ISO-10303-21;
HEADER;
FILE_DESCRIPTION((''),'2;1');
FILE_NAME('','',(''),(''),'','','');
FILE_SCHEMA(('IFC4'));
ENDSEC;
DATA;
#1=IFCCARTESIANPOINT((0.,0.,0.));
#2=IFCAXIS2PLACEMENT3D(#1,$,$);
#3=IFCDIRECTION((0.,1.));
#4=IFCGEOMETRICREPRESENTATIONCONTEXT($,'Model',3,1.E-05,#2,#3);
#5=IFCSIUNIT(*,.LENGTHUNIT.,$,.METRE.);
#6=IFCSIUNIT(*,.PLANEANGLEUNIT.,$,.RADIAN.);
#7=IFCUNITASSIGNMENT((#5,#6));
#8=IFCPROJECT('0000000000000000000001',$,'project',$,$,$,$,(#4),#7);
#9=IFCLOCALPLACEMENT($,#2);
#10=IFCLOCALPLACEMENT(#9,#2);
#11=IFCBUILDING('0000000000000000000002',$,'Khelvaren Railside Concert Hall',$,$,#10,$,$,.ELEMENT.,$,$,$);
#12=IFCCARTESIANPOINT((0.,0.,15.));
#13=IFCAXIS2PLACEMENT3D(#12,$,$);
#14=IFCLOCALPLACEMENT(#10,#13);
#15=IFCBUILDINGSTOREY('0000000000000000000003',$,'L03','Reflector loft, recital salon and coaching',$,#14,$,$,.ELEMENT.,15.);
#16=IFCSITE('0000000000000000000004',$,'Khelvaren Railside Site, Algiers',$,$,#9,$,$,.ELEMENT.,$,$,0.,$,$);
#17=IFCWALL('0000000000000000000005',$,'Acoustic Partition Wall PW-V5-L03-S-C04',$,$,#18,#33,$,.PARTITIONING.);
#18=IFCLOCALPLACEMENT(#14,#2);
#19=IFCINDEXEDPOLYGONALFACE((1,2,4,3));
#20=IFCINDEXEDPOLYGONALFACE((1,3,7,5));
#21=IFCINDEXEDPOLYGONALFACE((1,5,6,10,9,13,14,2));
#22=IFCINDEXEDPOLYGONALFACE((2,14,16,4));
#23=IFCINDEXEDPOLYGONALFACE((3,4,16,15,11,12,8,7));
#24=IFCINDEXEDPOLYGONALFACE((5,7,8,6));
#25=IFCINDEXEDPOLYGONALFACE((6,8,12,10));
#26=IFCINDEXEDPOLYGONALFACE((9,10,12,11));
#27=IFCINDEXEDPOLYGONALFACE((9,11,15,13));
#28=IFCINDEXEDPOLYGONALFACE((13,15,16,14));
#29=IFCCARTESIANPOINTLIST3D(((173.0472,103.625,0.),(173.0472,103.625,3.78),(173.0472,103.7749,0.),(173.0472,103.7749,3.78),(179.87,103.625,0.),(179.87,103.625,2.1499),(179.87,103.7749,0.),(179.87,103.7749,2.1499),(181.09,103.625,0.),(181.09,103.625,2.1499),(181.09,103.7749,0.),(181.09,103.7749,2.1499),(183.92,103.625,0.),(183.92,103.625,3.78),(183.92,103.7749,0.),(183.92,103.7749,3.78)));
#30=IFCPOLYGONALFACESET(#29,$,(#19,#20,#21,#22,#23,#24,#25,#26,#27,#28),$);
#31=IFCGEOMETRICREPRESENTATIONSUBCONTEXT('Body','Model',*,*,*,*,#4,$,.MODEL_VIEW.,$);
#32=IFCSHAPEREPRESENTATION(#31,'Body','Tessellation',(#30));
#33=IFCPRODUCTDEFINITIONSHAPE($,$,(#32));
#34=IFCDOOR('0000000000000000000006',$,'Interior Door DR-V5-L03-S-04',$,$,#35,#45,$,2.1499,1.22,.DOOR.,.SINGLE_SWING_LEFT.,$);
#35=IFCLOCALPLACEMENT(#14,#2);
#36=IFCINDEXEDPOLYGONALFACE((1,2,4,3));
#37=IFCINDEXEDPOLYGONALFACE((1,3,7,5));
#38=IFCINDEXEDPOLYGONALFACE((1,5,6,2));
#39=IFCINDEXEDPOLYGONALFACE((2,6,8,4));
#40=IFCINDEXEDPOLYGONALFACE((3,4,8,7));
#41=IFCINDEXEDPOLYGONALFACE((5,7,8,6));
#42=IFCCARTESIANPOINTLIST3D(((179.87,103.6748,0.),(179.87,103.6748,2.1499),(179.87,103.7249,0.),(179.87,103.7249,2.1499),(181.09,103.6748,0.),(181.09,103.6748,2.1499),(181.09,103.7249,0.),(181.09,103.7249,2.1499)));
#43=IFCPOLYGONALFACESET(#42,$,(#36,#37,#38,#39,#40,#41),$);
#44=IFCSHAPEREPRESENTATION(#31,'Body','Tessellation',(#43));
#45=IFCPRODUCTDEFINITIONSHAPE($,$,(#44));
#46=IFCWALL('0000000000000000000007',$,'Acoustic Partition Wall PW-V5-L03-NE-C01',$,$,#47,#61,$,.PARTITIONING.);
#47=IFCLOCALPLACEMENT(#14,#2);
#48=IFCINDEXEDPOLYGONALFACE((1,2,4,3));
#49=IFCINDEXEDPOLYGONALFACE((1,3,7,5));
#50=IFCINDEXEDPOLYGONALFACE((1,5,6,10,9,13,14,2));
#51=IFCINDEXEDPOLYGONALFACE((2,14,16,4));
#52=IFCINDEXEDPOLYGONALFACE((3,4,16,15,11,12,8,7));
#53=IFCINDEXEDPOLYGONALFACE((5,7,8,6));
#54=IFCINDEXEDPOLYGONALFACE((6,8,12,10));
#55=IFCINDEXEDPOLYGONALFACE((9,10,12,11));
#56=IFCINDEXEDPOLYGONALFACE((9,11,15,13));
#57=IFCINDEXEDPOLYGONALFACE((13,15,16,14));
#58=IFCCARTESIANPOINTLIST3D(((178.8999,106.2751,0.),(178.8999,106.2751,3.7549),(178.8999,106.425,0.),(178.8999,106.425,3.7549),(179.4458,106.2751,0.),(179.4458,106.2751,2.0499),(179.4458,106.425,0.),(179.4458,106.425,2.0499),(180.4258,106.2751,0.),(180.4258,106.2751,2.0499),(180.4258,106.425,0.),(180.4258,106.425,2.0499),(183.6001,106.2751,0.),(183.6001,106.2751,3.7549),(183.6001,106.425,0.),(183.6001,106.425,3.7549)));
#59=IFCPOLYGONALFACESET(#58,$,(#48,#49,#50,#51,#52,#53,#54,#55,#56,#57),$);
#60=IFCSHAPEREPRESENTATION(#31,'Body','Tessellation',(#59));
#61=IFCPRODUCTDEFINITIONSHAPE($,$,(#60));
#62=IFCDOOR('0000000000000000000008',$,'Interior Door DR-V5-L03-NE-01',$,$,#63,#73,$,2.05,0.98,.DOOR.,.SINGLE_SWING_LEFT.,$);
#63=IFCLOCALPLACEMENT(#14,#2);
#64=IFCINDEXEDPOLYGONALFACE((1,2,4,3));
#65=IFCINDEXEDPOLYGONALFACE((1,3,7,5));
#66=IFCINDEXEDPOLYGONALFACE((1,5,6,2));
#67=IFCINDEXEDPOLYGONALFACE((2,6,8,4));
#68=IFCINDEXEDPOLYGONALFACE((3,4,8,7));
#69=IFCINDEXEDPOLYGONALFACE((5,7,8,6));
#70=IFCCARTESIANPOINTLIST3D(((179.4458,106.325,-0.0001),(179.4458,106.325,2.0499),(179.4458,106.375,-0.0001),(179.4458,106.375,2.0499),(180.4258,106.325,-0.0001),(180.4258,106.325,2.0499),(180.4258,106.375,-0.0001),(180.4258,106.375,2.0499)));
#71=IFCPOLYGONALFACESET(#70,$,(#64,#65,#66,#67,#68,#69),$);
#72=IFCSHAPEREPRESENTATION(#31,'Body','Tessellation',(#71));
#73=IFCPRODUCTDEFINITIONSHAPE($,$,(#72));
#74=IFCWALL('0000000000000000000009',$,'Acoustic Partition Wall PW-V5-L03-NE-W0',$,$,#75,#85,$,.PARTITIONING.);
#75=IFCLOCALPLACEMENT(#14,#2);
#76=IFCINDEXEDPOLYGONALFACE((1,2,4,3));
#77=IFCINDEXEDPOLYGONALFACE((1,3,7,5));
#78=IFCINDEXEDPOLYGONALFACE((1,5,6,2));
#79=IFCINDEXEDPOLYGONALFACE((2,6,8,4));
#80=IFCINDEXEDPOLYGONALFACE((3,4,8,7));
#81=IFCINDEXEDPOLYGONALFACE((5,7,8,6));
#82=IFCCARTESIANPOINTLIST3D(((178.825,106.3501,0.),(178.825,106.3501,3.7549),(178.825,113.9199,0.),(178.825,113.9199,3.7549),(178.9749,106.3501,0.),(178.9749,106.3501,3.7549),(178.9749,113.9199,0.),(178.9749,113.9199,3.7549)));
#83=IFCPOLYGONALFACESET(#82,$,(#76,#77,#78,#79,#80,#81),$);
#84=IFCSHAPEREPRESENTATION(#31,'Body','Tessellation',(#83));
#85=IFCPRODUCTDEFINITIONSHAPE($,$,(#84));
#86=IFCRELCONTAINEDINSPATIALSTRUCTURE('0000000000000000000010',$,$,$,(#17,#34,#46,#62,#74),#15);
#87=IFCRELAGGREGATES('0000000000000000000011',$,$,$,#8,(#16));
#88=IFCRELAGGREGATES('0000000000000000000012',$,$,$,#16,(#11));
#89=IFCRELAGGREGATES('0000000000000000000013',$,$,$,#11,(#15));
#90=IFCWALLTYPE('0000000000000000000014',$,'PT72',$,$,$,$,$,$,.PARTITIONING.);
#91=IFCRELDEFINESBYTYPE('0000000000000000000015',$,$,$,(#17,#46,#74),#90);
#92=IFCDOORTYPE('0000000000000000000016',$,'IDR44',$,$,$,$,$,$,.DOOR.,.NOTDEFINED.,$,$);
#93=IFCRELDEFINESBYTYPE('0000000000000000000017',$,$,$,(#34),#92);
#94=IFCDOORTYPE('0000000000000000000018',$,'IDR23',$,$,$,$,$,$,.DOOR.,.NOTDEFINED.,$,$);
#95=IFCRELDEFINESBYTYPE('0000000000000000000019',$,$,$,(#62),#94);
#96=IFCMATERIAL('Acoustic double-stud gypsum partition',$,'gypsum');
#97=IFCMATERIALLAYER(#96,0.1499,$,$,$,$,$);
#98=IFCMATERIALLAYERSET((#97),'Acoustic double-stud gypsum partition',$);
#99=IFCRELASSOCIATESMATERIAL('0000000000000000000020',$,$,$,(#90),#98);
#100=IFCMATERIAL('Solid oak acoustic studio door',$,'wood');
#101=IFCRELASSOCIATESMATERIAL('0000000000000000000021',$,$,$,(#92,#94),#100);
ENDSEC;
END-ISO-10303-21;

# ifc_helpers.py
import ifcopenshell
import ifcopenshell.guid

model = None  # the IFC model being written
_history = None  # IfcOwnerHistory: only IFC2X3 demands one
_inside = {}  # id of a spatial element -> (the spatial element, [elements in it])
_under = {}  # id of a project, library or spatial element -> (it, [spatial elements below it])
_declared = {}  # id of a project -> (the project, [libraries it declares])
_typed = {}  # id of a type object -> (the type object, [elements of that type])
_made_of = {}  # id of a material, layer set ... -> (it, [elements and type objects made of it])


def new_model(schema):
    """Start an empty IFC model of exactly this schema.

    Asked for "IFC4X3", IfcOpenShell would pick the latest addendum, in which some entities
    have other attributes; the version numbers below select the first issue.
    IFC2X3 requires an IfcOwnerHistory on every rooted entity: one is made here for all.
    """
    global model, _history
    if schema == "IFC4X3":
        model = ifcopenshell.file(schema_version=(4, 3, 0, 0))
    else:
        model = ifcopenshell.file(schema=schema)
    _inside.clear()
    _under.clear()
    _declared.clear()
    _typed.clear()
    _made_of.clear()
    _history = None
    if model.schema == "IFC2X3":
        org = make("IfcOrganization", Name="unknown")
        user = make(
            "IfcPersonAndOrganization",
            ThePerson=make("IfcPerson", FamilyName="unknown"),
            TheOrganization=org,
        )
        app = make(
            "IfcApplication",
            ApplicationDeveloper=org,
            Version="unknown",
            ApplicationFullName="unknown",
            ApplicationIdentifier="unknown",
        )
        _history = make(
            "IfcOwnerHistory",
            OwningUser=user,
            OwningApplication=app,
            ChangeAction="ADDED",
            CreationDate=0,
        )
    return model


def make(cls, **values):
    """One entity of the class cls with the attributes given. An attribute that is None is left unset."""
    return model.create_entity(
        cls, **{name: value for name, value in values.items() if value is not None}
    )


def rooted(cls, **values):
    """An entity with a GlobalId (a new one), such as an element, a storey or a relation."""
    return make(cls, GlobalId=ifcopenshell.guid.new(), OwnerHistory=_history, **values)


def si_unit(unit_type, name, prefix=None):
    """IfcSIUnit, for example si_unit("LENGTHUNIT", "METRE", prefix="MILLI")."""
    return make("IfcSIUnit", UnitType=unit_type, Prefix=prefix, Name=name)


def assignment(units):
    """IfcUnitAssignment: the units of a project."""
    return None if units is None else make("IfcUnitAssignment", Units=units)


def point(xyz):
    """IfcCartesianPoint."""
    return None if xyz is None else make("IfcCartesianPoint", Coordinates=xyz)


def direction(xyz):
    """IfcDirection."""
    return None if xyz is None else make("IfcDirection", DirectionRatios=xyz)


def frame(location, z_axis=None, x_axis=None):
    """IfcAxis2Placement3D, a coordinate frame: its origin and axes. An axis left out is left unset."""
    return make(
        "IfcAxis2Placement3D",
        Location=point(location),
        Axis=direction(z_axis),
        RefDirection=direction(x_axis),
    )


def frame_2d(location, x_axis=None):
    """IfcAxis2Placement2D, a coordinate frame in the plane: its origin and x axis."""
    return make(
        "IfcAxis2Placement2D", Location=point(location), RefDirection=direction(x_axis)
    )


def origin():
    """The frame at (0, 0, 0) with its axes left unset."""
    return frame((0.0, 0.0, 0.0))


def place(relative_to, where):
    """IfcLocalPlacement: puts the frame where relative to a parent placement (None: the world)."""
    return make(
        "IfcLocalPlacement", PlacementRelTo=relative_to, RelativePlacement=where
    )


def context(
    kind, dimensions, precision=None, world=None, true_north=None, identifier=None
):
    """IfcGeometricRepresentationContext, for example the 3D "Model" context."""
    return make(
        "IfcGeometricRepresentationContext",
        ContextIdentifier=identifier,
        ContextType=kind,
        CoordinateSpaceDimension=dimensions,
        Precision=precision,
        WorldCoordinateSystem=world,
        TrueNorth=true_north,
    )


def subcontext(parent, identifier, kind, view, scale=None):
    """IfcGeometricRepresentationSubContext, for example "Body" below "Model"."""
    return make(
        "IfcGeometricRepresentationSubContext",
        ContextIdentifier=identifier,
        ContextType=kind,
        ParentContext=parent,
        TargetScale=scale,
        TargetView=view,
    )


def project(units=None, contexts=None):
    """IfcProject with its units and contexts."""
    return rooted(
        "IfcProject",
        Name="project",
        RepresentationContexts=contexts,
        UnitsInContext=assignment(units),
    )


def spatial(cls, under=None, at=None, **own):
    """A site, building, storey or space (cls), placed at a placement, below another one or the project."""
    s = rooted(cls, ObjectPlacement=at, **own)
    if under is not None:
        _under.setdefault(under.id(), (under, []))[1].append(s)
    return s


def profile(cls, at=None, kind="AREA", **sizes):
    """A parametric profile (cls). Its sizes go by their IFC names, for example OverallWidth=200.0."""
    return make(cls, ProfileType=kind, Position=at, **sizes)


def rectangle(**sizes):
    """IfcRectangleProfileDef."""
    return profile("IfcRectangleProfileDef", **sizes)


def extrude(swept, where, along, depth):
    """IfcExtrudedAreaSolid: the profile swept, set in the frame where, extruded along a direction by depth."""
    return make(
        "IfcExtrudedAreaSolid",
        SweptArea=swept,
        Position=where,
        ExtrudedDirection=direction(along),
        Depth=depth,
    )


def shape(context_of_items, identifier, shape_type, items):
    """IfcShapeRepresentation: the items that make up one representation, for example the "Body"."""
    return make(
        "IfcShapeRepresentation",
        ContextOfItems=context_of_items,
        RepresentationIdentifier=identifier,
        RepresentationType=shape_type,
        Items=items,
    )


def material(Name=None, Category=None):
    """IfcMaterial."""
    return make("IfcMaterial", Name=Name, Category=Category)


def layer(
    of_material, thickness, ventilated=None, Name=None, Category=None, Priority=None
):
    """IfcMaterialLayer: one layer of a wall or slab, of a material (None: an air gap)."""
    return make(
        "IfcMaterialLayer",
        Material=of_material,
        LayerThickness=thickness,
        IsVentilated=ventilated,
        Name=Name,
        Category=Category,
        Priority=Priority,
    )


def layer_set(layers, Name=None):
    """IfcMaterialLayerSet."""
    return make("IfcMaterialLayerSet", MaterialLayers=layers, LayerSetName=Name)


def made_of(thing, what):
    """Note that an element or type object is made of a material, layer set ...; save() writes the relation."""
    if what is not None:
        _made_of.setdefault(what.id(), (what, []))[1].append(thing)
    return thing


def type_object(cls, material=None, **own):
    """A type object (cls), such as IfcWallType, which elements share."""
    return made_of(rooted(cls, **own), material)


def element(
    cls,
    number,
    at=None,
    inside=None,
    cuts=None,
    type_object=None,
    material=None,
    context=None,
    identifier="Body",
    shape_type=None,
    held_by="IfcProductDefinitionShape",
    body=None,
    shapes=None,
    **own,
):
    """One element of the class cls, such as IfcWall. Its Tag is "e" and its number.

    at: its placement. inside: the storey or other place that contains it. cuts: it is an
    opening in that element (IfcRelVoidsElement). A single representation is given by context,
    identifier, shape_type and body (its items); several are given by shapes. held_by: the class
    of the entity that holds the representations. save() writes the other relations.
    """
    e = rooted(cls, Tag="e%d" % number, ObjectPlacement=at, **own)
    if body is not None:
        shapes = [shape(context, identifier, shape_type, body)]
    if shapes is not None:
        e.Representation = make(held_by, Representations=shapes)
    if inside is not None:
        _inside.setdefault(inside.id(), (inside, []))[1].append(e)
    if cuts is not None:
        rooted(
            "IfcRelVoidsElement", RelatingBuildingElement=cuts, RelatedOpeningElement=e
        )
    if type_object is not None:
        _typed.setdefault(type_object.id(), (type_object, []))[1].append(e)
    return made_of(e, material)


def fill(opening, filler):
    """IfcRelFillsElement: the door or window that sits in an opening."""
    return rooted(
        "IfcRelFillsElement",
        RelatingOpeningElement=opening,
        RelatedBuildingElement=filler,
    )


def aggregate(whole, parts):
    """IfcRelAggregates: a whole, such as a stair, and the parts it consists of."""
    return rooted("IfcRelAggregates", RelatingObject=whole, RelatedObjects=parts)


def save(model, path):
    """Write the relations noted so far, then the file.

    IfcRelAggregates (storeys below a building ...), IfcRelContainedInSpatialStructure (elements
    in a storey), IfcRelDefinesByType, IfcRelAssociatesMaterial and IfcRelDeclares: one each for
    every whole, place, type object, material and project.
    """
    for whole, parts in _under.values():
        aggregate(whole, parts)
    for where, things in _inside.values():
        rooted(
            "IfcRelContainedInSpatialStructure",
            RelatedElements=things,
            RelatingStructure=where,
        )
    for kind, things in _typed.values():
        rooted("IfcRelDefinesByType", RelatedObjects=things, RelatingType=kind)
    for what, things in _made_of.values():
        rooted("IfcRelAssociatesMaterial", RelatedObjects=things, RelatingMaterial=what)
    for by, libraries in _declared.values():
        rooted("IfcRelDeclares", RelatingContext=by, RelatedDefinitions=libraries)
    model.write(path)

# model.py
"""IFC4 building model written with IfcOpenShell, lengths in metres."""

from ifc_helpers import new_model, si_unit, direction, frame, frame_2d, origin, place, context, subcontext, project, spatial, rectangle, extrude, material, layer, layer_set, type_object, element, fill, save


model = new_model("IFC4")

# Units and contexts
model_context = context("Model", 3, precision=1e-05, world=origin(), true_north=direction((0.0, 1.0)))
body_context = subcontext(model_context, "Body", "Model", "MODEL_VIEW")
ifc_project = project(units=[si_unit("LENGTHUNIT", "METRE"), si_unit("PLANEANGLEUNIT", "RADIAN")], contexts=[model_context])

# Site, building, storey
site_placement = place(None, origin())
site = spatial("IfcSite", under=ifc_project, at=site_placement, Name="Khelvaren Railside Site, Algiers", CompositionType="ELEMENT", RefElevation=0.0)
building_placement = place(site_placement, origin())
building = spatial("IfcBuilding", under=site, at=building_placement, Name="Khelvaren Railside Concert Hall", CompositionType="ELEMENT")
storey_placement = place(building_placement, frame((0.0, 0.0, 15.0)))
storey = spatial("IfcBuildingStorey", under=building, at=storey_placement, Name="L03", Description="Reflector loft, recital salon and coaching", CompositionType="ELEMENT", Elevation=15.0)

# Walls, openings, doors
ifc_material_1 = material(Name="Acoustic double-stud gypsum partition", Category="gypsum")
ifc_layer_1 = layer(ifc_material_1, 0.1499)
ifc_layer_set_1 = layer_set([ifc_layer_1], Name="Acoustic double-stud gypsum partition")
wall_type_1 = type_object("IfcWallType", Name="PT72", PredefinedType="PARTITIONING", material=ifc_layer_set_1)
wall_1_placement = place(storey_placement, frame((173.0471, 103.7, 0.0), z_axis=(0.0, 0.0, 1.0), x_axis=(1.0, 0.0, 0.0)))
wall_1 = element("IfcWall", 1, at=wall_1_placement, inside=storey, type_object=wall_type_1, Name="Acoustic Partition Wall PW-V5-L03-S-C04", PredefinedType="PARTITIONING", context=body_context, shape_type="SweptSolid", body=[
    extrude(rectangle(XDim=10.8728, YDim=0.1499, at=frame_2d((5.4365, 0.0))), origin(), (0.0, 0.0, 1.0), 3.78),
])
opening_1_placement = place(wall_1_placement, frame((6.823, 0.0, 0.0)))
opening_1 = element("IfcOpeningElement", 2, at=opening_1_placement, cuts=wall_1, PredefinedType="OPENING", context=body_context, shape_type="SweptSolid", body=[
    extrude(rectangle(XDim=1.22, YDim=2.1499, at=frame_2d((0.6099, 1.075))), frame((0.0, 0.085, 0.0), z_axis=(0.0, -1.0, 0.0), x_axis=(1.0, 0.0, 0.0)), (0.0, 0.0, 1.0), 0.1699),
])
ifc_material_2 = material(Name="Solid oak acoustic studio door", Category="wood")
door_type_1 = type_object("IfcDoorType", Name="IDR44", OperationType="NOTDEFINED", PredefinedType="DOOR", material=ifc_material_2)
door_1_placement = place(opening_1_placement, origin())
door_1 = element("IfcDoor", 3, at=door_1_placement, inside=storey, type_object=door_type_1, Name="Interior Door DR-V5-L03-S-04", OperationType="SINGLE_SWING_LEFT", OverallHeight=2.1499, OverallWidth=1.22, PredefinedType="DOOR", context=body_context, shape_type="SweptSolid", body=[
    extrude(rectangle(XDim=1.22, YDim=2.1499, at=frame_2d((0.6099, 1.075))), frame((0.0, 0.0249, 0.0), z_axis=(0.0, -1.0, 0.0), x_axis=(1.0, 0.0, 0.0)), (0.0, 0.0, 1.0), 0.05),
])
fill(opening_1, door_1)
wall_2_placement = place(storey_placement, frame((178.8999, 106.3501, 0.0), z_axis=(0.0, 0.0, 1.0), x_axis=(1.0, 0.0, 0.0)))
wall_2 = element("IfcWall", 4, at=wall_2_placement, inside=storey, type_object=wall_type_1, Name="Acoustic Partition Wall PW-V5-L03-NE-C01", PredefinedType="PARTITIONING", context=body_context, shape_type="SweptSolid", body=[
    extrude(rectangle(XDim=4.7002, YDim=0.1499, at=frame_2d((2.3501, 0.0))), origin(), (0.0, 0.0, 1.0), 3.7549),
])
opening_2_placement = place(wall_2_placement, frame((0.5459, 0.0, 0.0)))
opening_2 = element("IfcOpeningElement", 5, at=opening_2_placement, cuts=wall_2, PredefinedType="OPENING", context=body_context, shape_type="SweptSolid", body=[
    extrude(rectangle(XDim=0.98, YDim=2.05, at=frame_2d((0.49, 1.0249))), frame((0.0, 0.085, 0.0), z_axis=(0.0, -1.0, 0.0), x_axis=(1.0, 0.0, 0.0)), (0.0, 0.0, 1.0), 0.1699),
])
door_type_2 = type_object("IfcDoorType", Name="IDR23", OperationType="NOTDEFINED", PredefinedType="DOOR", material=ifc_material_2)
door_2_placement = place(opening_2_placement, origin())
door_2 = element("IfcDoor", 6, at=door_2_placement, inside=storey, type_object=door_type_2, Name="Interior Door DR-V5-L03-NE-01", OperationType="SINGLE_SWING_LEFT", OverallHeight=2.05, OverallWidth=0.98, PredefinedType="DOOR", context=body_context, shape_type="SweptSolid", body=[
    extrude(rectangle(XDim=0.98, YDim=2.05, at=frame_2d((0.49, 1.0249))), frame((0.0, 0.0249, 0.0), z_axis=(0.0, -1.0, 0.0), x_axis=(1.0, 0.0, 0.0)), (0.0, 0.0, 1.0), 0.05),
])
fill(opening_2, door_2)

# Wall
wall_3_placement = place(storey_placement, frame((178.8999, 106.3501, 0.0), z_axis=(0.0, 0.0, 1.0), x_axis=(0.0, 1.0, 0.0)))
element("IfcWall", 7, at=wall_3_placement, inside=storey, type_object=wall_type_1, Name="Acoustic Partition Wall PW-V5-L03-NE-W0", PredefinedType="PARTITIONING", context=body_context, shape_type="SweptSolid", body=[
    extrude(rectangle(XDim=7.5698, YDim=0.1499, at=frame_2d((3.7849, 0.0))), origin(), (0.0, 0.0, 1.0), 3.7549),
])

save(model, "model.ifc")
